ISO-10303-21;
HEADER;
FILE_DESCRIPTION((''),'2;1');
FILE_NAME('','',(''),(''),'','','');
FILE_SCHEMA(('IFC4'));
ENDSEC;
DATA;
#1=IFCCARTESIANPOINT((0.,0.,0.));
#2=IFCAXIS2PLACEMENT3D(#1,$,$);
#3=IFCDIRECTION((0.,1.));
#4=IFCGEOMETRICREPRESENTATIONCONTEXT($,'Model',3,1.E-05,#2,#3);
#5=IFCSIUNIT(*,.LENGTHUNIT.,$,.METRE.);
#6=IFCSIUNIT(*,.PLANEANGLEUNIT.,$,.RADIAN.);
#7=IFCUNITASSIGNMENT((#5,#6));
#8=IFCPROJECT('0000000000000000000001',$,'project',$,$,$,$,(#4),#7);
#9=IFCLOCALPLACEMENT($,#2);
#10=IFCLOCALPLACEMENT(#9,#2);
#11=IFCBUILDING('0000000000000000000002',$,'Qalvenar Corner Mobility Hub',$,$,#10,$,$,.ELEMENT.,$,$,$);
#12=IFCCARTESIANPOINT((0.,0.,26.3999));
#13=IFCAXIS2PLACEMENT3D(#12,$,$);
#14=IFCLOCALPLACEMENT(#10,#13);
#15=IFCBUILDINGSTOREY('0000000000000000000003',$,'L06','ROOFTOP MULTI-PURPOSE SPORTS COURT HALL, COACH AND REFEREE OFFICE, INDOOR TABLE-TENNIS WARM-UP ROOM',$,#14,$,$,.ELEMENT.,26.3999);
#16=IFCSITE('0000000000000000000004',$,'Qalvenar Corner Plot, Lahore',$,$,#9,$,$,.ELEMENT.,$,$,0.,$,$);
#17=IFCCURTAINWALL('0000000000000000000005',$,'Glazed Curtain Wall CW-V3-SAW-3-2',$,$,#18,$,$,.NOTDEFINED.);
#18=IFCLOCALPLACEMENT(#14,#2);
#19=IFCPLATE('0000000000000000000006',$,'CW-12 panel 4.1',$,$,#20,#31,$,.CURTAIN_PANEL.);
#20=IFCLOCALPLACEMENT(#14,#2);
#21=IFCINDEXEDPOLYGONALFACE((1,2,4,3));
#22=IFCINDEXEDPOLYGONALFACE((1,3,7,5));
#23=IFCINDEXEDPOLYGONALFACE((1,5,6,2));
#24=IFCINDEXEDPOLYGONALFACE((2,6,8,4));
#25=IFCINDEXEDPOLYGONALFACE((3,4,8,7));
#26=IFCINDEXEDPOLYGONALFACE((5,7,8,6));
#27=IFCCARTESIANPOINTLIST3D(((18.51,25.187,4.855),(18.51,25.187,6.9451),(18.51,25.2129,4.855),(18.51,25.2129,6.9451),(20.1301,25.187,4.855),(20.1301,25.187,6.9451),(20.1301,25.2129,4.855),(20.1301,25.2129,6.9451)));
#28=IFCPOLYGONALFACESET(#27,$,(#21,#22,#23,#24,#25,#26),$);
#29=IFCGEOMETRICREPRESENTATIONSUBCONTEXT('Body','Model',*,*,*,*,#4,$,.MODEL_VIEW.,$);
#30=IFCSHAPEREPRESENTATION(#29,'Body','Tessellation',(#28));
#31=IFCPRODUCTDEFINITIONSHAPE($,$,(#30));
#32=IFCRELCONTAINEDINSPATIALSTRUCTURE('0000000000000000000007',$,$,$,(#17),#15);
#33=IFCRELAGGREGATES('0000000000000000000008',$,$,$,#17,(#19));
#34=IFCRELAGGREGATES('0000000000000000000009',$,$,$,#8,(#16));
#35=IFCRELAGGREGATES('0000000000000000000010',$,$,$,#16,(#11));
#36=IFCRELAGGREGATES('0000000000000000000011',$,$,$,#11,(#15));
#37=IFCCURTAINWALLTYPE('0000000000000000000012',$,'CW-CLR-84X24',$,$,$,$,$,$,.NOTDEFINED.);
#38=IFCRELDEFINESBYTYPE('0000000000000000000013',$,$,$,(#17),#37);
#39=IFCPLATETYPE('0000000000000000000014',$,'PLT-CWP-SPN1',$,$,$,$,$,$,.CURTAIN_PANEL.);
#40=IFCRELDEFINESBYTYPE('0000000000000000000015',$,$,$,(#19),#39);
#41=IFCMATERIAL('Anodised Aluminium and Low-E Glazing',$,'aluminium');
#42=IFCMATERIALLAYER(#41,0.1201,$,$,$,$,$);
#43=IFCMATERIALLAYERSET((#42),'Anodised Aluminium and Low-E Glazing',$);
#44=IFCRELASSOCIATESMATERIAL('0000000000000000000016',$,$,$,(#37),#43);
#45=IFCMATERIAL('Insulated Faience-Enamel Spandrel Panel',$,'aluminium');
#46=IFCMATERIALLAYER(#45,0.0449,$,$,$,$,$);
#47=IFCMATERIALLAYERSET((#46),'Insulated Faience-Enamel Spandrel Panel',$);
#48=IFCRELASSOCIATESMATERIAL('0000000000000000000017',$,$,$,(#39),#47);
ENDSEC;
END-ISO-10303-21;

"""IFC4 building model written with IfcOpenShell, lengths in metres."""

from ifc_helpers import new_model, si_unit, direction, frame, origin, origin_2d, place, context, subcontext, project, spatial, rectangle, extrude, material, layer, layer_set, type_object, element, aggregate, save


model = new_model("IFC4")

# Units and contexts
model_context = context("Model", 3, precision=1e-05, world=origin(), true_north=direction((0.0, 1.0)))
body_context = subcontext(model_context, "Body", "Model", "MODEL_VIEW")
ifc_project = project(units=[si_unit("LENGTHUNIT", "METRE"), si_unit("PLANEANGLEUNIT", "RADIAN")], contexts=[model_context])

# Site, building, storey
site_placement = place(None, origin())
site = spatial("IfcSite", under=ifc_project, at=site_placement, Name="Qalvenar Corner Plot, Lahore", CompositionType="ELEMENT", RefElevation=0.0)
building_placement = place(site_placement, origin())
building = spatial("IfcBuilding", under=site, at=building_placement, Name="Qalvenar Corner Mobility Hub", CompositionType="ELEMENT")
storey_placement = place(building_placement, frame((0.0, 0.0, 26.3999)))
storey = spatial("IfcBuildingStorey", under=building, at=storey_placement, Name="L06", Description="ROOFTOP MULTI-PURPOSE SPORTS COURT HALL, COACH AND REFEREE OFFICE, INDOOR TABLE-TENNIS WARM-UP ROOM", CompositionType="ELEMENT", Elevation=26.3999)

# Curtain wall
ifc_material_1 = material(Name="Anodised Aluminium and Low-E Glazing", Category="aluminium")
ifc_layer_1 = layer(ifc_material_1, 0.1201)
ifc_layer_set_1 = layer_set([ifc_layer_1], Name="Anodised Aluminium and Low-E Glazing")
curtain_wall_type_1 = type_object("IfcCurtainWallType", Name="CW-CLR-84X24", PredefinedType="NOTDEFINED", material=ifc_layer_set_1)
curtain_wall_1_placement = place(storey_placement, origin())
curtain_wall_1 = element("IfcCurtainWall", 1, at=curtain_wall_1_placement, inside=storey, type_object=curtain_wall_type_1, Name="Glazed Curtain Wall CW-V3-SAW-3-2", PredefinedType="NOTDEFINED")

# Plate
ifc_material_2 = material(Name="Insulated Faience-Enamel Spandrel Panel", Category="aluminium")
ifc_layer_2 = layer(ifc_material_2, 0.0449)
ifc_layer_set_2 = layer_set([ifc_layer_2], Name="Insulated Faience-Enamel Spandrel Panel")
plate_type_1 = type_object("IfcPlateType", Name="PLT-CWP-SPN1", PredefinedType="CURTAIN_PANEL", material=ifc_layer_set_2)
plate_1_placement = place(storey_placement, frame((19.3201, 25.2, 4.855), z_axis=(0.0, 0.0, 1.0), x_axis=(-1.0, 0.0, 0.0)))
plate_1 = element("IfcPlate", 2, at=plate_1_placement, type_object=plate_type_1, Name="CW-12 panel 4.1", PredefinedType="CURTAIN_PANEL", context=body_context, shape_type="SweptSolid", body=[
    extrude(rectangle(XDim=1.6201, YDim=0.0259, at=origin_2d()), origin(), (0.0, 0.0, 1.0), 2.0901),
])
aggregate(curtain_wall_1, [plate_1])

save(model, "model.ifc")
